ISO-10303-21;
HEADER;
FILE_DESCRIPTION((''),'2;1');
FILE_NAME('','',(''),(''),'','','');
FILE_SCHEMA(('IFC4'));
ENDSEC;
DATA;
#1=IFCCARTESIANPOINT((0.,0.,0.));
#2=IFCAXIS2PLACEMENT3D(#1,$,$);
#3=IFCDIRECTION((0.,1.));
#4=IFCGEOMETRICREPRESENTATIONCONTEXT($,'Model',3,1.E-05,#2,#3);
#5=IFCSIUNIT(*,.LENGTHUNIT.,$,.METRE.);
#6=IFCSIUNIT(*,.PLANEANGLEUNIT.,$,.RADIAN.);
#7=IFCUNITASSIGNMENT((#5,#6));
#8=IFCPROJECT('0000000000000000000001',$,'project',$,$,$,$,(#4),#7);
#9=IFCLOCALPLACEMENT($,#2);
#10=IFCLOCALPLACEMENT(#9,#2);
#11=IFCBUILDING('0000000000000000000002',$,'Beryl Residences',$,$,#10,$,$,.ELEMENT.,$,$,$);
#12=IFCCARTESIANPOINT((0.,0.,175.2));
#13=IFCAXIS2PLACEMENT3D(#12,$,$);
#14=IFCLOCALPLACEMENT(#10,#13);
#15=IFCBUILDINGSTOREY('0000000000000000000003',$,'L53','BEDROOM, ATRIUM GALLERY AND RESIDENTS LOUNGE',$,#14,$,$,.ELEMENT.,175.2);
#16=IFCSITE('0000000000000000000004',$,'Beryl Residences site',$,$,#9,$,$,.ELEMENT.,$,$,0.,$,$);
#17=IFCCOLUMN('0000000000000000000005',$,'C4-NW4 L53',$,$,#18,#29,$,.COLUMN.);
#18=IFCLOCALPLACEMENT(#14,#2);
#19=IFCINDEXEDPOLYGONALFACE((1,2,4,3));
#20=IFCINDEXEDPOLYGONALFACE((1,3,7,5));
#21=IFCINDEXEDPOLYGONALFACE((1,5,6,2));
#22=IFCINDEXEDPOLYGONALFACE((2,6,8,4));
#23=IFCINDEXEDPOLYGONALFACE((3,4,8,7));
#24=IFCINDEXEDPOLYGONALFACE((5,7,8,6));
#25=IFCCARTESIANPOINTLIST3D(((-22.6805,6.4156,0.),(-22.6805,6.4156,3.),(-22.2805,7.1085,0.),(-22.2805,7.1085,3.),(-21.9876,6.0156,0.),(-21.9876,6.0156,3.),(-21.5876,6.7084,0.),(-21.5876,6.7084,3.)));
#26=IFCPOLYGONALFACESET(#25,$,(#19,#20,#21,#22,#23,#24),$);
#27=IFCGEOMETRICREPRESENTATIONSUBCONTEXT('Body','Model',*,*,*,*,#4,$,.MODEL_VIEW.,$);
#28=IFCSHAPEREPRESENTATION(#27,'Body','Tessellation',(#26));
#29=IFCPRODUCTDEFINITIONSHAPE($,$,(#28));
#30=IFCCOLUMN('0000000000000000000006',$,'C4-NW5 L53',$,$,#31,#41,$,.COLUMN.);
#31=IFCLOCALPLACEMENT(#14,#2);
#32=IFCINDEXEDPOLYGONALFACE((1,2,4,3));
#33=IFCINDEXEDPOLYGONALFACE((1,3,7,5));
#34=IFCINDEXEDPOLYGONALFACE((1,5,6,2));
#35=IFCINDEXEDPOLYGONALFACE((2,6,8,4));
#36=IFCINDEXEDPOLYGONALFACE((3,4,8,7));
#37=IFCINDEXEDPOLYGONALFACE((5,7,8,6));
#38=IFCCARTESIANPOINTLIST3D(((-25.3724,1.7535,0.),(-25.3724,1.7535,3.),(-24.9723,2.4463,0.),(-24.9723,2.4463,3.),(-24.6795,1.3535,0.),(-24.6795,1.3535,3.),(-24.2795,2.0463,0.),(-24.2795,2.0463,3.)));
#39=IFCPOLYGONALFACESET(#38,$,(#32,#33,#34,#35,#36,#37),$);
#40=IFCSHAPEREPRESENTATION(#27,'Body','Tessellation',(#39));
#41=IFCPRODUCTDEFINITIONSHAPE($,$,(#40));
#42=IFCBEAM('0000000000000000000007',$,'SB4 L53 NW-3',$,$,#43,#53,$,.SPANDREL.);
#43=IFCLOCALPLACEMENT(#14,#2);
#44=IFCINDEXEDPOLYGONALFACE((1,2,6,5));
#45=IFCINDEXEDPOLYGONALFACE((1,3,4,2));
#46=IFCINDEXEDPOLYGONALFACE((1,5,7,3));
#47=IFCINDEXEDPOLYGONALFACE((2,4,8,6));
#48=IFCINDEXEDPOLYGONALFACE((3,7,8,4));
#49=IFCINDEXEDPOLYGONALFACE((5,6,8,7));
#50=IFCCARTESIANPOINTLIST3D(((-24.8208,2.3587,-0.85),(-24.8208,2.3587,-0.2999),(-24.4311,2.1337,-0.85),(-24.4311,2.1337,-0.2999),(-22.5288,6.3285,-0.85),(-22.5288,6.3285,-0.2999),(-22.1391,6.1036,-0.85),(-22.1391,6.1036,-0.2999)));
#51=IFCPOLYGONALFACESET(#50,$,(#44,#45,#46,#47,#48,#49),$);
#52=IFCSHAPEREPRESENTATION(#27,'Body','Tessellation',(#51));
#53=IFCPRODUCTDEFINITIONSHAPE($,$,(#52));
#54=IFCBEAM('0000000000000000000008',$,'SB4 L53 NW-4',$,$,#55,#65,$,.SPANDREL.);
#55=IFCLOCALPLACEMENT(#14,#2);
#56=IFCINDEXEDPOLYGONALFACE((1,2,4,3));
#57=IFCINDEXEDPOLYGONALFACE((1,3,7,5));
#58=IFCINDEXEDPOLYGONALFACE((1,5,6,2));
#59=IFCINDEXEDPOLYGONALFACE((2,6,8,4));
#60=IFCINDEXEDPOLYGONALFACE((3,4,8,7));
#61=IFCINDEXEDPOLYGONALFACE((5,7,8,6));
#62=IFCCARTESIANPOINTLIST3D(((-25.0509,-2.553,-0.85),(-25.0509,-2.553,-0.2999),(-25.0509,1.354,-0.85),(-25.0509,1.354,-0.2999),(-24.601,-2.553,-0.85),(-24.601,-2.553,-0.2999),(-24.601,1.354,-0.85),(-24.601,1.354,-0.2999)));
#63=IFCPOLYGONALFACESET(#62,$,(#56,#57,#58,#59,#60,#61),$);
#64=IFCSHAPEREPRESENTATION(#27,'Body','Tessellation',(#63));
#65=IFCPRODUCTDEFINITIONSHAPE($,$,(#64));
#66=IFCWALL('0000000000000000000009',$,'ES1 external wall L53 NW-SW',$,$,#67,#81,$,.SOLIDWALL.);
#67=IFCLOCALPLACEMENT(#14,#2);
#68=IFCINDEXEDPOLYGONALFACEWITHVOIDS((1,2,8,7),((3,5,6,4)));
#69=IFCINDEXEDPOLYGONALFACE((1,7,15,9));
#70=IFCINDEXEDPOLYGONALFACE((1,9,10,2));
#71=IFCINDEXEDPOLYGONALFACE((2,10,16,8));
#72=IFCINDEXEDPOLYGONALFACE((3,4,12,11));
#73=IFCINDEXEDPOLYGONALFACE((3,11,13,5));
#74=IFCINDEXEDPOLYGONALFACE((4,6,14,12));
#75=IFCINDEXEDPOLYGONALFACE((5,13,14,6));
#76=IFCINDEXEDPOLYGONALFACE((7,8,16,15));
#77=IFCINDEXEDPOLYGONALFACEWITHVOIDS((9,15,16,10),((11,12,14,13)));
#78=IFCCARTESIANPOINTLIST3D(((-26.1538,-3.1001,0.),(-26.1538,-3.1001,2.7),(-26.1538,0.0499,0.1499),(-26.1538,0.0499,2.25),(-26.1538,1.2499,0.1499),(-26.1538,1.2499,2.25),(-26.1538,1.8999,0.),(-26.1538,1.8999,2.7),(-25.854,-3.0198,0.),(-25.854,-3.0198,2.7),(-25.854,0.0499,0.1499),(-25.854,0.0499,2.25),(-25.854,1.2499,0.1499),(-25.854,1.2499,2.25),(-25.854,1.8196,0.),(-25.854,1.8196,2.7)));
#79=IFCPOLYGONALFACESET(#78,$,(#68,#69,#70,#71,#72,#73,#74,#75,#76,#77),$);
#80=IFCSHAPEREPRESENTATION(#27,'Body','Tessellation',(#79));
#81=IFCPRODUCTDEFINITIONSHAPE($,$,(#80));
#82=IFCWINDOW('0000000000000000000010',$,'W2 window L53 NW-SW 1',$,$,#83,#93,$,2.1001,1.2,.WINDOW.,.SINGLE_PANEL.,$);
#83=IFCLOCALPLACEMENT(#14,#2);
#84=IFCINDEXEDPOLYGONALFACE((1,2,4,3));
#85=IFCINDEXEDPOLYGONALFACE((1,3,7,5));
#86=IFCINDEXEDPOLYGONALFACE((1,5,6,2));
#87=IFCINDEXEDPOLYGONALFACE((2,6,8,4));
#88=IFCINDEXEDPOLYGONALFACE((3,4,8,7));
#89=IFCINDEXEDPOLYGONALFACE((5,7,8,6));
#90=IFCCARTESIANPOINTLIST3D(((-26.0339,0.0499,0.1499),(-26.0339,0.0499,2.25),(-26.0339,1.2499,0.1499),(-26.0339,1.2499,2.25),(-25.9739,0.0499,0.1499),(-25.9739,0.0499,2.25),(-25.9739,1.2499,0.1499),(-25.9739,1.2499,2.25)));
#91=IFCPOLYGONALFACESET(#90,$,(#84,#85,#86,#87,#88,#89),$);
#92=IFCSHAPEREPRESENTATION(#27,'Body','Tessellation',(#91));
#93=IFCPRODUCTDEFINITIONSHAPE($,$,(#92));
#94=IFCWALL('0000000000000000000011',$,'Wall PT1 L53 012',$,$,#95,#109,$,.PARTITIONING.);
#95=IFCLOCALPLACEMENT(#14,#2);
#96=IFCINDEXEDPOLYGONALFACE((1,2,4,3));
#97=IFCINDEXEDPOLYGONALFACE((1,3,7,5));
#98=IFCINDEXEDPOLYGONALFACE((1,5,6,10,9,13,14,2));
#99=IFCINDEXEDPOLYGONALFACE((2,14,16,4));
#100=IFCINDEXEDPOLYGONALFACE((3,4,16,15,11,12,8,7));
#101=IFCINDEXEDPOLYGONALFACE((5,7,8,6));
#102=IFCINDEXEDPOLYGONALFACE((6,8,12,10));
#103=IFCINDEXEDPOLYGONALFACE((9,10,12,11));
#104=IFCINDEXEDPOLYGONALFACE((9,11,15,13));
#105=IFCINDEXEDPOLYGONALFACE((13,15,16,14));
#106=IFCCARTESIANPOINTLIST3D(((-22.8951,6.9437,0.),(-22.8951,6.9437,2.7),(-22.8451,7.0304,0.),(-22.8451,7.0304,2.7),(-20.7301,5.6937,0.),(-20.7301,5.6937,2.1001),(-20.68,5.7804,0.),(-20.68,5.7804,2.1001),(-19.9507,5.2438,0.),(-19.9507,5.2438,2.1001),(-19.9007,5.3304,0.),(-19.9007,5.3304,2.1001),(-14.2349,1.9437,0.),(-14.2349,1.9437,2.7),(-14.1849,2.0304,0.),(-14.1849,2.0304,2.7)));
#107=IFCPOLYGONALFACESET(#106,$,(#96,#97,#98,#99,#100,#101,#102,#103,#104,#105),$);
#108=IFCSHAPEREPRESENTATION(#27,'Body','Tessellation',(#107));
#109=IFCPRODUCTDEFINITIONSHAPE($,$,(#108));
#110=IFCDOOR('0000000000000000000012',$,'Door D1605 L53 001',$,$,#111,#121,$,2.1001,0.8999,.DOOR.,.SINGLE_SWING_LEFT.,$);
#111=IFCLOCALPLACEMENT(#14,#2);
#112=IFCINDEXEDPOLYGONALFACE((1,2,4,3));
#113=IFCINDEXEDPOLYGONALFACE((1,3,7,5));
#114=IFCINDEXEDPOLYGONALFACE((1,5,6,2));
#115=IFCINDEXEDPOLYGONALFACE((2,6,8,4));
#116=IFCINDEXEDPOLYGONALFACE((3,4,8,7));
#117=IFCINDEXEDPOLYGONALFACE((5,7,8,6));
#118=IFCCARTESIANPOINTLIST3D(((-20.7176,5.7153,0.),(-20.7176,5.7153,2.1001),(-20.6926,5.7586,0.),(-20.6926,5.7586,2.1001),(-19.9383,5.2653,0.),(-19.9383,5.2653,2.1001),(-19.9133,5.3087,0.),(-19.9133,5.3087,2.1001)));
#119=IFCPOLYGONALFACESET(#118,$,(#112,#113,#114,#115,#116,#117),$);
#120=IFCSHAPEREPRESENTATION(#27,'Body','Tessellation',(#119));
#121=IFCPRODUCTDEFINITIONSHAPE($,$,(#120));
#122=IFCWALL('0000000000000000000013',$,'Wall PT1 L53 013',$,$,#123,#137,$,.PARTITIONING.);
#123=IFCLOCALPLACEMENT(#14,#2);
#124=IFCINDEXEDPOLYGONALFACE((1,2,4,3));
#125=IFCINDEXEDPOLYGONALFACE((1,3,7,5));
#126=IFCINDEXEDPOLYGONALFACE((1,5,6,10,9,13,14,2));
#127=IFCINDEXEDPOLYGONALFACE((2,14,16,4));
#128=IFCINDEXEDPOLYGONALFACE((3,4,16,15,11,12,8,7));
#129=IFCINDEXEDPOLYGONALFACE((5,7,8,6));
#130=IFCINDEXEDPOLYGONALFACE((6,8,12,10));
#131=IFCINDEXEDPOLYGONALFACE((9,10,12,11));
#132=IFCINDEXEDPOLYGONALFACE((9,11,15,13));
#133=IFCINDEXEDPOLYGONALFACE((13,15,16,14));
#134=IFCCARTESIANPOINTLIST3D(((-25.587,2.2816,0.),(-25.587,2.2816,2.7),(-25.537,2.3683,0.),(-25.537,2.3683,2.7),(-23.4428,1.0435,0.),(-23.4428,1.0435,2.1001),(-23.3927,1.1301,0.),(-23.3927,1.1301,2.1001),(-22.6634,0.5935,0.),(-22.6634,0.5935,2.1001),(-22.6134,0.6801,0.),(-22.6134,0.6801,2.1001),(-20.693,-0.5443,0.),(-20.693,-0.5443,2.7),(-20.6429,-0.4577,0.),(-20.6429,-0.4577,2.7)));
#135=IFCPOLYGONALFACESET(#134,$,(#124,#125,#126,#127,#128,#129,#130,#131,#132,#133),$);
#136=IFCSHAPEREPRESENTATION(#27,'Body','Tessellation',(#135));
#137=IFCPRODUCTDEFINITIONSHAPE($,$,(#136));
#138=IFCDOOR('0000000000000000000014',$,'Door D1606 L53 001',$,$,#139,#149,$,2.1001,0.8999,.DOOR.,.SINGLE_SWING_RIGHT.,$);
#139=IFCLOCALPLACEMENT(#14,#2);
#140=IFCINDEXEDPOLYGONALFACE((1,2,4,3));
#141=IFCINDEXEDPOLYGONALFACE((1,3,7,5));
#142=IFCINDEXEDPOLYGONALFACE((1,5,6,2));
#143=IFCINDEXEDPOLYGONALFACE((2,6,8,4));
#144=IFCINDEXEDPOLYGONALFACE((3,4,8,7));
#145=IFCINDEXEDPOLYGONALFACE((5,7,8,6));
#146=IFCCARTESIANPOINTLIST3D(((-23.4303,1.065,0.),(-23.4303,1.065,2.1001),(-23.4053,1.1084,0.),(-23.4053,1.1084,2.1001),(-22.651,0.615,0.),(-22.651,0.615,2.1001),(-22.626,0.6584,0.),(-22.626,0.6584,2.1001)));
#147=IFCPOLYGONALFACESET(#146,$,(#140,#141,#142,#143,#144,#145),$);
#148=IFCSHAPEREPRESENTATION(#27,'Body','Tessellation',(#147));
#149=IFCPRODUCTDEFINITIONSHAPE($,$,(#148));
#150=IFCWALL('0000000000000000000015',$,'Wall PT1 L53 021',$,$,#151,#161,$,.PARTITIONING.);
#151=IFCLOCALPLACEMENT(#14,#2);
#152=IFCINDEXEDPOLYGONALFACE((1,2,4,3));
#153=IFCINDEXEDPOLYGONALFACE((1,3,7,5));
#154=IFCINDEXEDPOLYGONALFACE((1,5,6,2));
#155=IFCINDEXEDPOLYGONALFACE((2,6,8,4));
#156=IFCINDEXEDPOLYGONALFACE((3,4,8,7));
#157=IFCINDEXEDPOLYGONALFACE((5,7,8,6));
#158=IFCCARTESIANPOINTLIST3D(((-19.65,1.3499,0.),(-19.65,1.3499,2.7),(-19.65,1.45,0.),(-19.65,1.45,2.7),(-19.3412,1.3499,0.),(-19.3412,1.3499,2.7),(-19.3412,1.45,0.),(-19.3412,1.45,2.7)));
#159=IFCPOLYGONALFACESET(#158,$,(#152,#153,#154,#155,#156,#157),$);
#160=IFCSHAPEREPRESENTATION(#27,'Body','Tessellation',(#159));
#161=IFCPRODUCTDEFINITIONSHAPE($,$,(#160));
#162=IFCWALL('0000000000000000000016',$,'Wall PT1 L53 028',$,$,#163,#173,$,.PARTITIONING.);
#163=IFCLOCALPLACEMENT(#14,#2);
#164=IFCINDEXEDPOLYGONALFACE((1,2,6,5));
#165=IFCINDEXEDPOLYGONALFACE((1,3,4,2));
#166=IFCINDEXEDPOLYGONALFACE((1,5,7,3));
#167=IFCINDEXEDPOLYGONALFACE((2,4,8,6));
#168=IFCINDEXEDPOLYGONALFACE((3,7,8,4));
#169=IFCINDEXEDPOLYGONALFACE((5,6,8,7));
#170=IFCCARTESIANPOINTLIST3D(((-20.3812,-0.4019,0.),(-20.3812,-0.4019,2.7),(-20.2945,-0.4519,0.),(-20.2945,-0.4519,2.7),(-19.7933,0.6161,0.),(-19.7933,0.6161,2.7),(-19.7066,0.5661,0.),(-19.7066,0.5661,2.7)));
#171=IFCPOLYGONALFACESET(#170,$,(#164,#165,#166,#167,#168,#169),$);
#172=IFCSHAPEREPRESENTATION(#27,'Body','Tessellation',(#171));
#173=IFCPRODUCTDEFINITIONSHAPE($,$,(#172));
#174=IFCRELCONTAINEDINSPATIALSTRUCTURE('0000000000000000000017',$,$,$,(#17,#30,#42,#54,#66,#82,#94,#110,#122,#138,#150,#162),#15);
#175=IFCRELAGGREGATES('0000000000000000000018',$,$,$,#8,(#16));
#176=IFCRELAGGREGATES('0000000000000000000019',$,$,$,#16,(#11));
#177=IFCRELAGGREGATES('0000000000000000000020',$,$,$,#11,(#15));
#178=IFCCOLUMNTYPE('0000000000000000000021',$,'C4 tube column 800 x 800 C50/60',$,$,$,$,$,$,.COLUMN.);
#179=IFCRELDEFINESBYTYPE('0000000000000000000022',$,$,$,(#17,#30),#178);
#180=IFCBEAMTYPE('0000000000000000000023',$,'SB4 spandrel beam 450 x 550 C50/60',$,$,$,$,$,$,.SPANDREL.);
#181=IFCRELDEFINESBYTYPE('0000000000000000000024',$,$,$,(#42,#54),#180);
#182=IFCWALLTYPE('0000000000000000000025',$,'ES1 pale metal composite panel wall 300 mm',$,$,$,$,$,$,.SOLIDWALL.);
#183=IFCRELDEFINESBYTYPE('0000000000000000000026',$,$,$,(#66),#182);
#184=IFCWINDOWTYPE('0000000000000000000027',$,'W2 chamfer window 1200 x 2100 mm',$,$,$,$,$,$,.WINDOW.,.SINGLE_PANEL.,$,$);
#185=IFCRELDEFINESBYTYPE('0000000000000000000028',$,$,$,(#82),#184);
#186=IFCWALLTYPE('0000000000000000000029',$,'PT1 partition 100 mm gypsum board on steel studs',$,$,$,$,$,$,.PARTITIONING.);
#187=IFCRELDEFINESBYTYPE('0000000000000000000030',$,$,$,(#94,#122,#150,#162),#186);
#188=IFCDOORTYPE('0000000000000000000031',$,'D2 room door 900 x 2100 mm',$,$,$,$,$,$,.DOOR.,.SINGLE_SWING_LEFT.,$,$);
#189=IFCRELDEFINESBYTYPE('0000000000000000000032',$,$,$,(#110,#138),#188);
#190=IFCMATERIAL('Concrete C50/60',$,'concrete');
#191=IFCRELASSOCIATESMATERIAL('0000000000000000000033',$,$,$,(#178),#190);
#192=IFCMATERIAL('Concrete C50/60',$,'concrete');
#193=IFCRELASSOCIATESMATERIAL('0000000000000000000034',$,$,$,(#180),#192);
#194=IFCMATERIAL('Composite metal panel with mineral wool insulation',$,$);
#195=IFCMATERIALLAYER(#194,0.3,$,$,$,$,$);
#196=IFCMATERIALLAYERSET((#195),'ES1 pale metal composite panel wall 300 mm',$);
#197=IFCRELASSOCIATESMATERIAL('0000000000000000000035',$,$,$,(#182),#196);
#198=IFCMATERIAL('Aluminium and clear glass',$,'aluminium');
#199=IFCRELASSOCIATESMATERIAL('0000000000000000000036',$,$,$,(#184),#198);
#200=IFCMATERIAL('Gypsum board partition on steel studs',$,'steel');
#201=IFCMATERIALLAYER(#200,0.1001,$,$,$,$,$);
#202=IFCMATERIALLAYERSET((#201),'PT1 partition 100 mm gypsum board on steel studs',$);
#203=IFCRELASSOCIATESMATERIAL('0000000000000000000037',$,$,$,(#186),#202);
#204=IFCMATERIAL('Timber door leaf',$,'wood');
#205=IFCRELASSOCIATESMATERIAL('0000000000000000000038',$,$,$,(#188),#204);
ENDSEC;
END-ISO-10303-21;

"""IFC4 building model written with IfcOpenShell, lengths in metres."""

from ifc_helpers import new_model, si_unit, direction, frame, frame_2d, origin, origin_2d, place, context, subcontext, project, spatial, polyline, rectangle, outline, extrude, material, layer, layer_set, material_profile, profile_set, type_object, element, fill, save


model = new_model("IFC4")

# Units and contexts
model_context = context("Model", 3, precision=1e-05, world=origin(), true_north=direction((0.0, 1.0)))
body_context = subcontext(model_context, "Body", "Model", "MODEL_VIEW")
ifc_project = project(units=[si_unit("LENGTHUNIT", "METRE"), si_unit("PLANEANGLEUNIT", "RADIAN")], contexts=[model_context])

# Site, building, storey
site_placement = place(None, origin())
site = spatial("IfcSite", under=ifc_project, at=site_placement, Name="Beryl Residences site", CompositionType="ELEMENT", RefElevation=0.0)
building_placement = place(site_placement, origin())
building = spatial("IfcBuilding", under=site, at=building_placement, Name="Beryl Residences", CompositionType="ELEMENT")
storey_placement = place(building_placement, frame((0.0, 0.0, 175.2)))
storey = spatial("IfcBuildingStorey", under=building, at=storey_placement, Name="L53", Description="BEDROOM, ATRIUM GALLERY AND RESIDENTS LOUNGE", CompositionType="ELEMENT", Elevation=175.2)

# Columns
ifc_material_1 = material(Name="Concrete C50/60", Category="concrete")
ifc_material_profile_1 = material_profile(ifc_material_1, rectangle(XDim=0.8, YDim=0.8, at=origin_2d()))
ifc_profile_set_1 = profile_set([ifc_material_profile_1], Name="Concrete C50/60")
column_type = type_object("IfcColumnType", Name="C4 tube column 800 x 800 C50/60", PredefinedType="COLUMN", material=ifc_profile_set_1)
for number, where, z_axis, x_axis, name in (
    (1, (-22.134, 6.562, 0.0), (0.0, 0.0, 1.0), (-0.5, -0.866025, 0.0), "C4-NW4 L53"),
    (2, (-24.8259, 1.8999, 0.0), (0.0, 0.0, 1.0), (-0.5, -0.866025, 0.0), "C4-NW5 L53"),
):
    element("IfcColumn", number, at=place(storey_placement, frame(where, z_axis=z_axis, x_axis=x_axis)), inside=storey, type_object=column_type, Name=name, PredefinedType="COLUMN", context=body_context, shape_type="SweptSolid", body=[
        extrude(rectangle(XDim=0.8, YDim=0.8, at=origin_2d()), origin(), (0.0, 0.0, 1.0), 3.0),
    ])

# Beams
ifc_material_2 = material(Name="Concrete C50/60", Category="concrete")
ifc_material_profile_2 = material_profile(ifc_material_2, rectangle(XDim=0.45, YDim=0.55, at=origin_2d()))
ifc_profile_set_2 = profile_set([ifc_material_profile_2], Name="Concrete C50/60")
beam_type = type_object("IfcBeamType", Name="SB4 spandrel beam 450 x 550 C50/60", PredefinedType="SPANDREL", material=ifc_profile_set_2)
beam_1_placement = place(storey_placement, frame((-22.334, 6.2161, -0.575), z_axis=(-0.499988, -0.866032, 0.0), x_axis=(0.866032, -0.499988, 0.0)))
element("IfcBeam", 3, at=beam_1_placement, inside=storey, type_object=beam_type, Name="SB4 L53 NW-3", PredefinedType="SPANDREL", context=body_context, shape_type="SweptSolid", body=[
    extrude(rectangle(XDim=0.45, YDim=0.55, at=origin_2d()), origin(), (0.0, 0.0, 1.0), 4.584),
])
beam_2_placement = place(storey_placement, frame((-24.8259, 1.354, -0.575), z_axis=(0.0, -1.0, 0.0), x_axis=(1.0, 0.0, 0.0)))
element("IfcBeam", 4, at=beam_2_placement, inside=storey, type_object=beam_type, Name="SB4 L53 NW-4", PredefinedType="SPANDREL", context=body_context, shape_type="SweptSolid", body=[
    extrude(rectangle(XDim=0.45, YDim=0.55, at=origin_2d()), origin(), (0.0, 0.0, 1.0), 3.907),
])

# Wall, opening, window
ifc_material_3 = material(Name="Composite metal panel with mineral wool insulation")
ifc_layer_1 = layer(ifc_material_3, 0.3)
ifc_layer_set_1 = layer_set([ifc_layer_1], Name="ES1 pale metal composite panel wall 300 mm")
wall_type_1 = type_object("IfcWallType", Name="ES1 pale metal composite panel wall 300 mm", PredefinedType="SOLIDWALL", material=ifc_layer_set_1)
wall_1_placement = place(storey_placement, frame((-26.0039, 1.8999, 0.0), z_axis=(0.0, 0.0, 1.0), x_axis=(0.0, -1.0, 0.0)))
wall_1 = element("IfcWall", 5, at=wall_1_placement, inside=storey, type_object=wall_type_1, Name="ES1 external wall L53 NW-SW", PredefinedType="SOLIDWALL", context=body_context, shape_type="SweptSolid", body=[
    extrude(outline(polyline([(0.0, -0.1499), (5.0, -0.1499), (4.9197, 0.1499), (0.0803, 0.1499), (0.0, -0.1499)])), origin(), (0.0, 0.0, 1.0), 2.7),
])
opening_1_placement = place(wall_1_placement, frame((0.6499, 0.0, 0.1499)))
opening_1 = element("IfcOpeningElement", 6, at=opening_1_placement, cuts=wall_1, PredefinedType="OPENING", context=body_context, shape_type="SweptSolid", body=[
    extrude(rectangle(XDim=1.2, YDim=2.1001, at=frame_2d((0.6001, 1.05))), frame((0.0, 0.1599, 0.0), z_axis=(0.0, -1.0, 0.0), x_axis=(1.0, 0.0, 0.0)), (0.0, 0.0, 1.0), 0.3201),
])
ifc_material_4 = material(Name="Aluminium and clear glass", Category="aluminium")
window_type = type_object("IfcWindowType", Name="W2 chamfer window 1200 x 2100 mm", PartitioningType="SINGLE_PANEL", PredefinedType="WINDOW", material=ifc_material_4)
window_placement = place(opening_1_placement, origin())
window = element("IfcWindow", 7, at=window_placement, inside=storey, type_object=window_type, Name="W2 window L53 NW-SW 1", OverallHeight=2.1001, OverallWidth=1.2, PartitioningType="SINGLE_PANEL", PredefinedType="WINDOW", context=body_context, shape_type="SweptSolid", body=[
    extrude(rectangle(XDim=1.2, YDim=2.1001, at=frame_2d((0.6001, 1.05))), frame((0.0, 0.03, 0.0), z_axis=(0.0, -1.0, 0.0), x_axis=(1.0, 0.0, 0.0)), (0.0, 0.0, 1.0), 0.0601),
])
fill(opening_1, window)

# Walls, openings, doors
ifc_material_5 = material(Name="Gypsum board partition on steel studs", Category="steel")
ifc_layer_2 = layer(ifc_material_5, 0.1001)
ifc_layer_set_2 = layer_set([ifc_layer_2], Name="PT1 partition 100 mm gypsum board on steel studs")
wall_type_2 = type_object("IfcWallType", Name="PT1 partition 100 mm gypsum board on steel studs", PredefinedType="PARTITIONING", material=ifc_layer_set_2)
wall_2_placement = place(storey_placement, frame((-22.8701, 6.9871, 0.0), z_axis=(0.0, 0.0, 1.0), x_axis=(0.866023, -0.500004, 0.0)))
wall_2 = element("IfcWall", 8, at=wall_2_placement, inside=storey, type_object=wall_type_2, Name="Wall PT1 L53 012", PredefinedType="PARTITIONING", context=body_context, shape_type="SweptSolid", body=[
    extrude(rectangle(XDim=10.0, YDim=0.1001, at=frame_2d((5.0, 0.0))), origin(), (0.0, 0.0, 1.0), 2.7),
])
opening_2_placement = place(wall_2_placement, frame((2.5, 0.0, 0.0)))
opening_2 = element("IfcOpeningElement", 9, at=opening_2_placement, cuts=wall_2, PredefinedType="OPENING", context=body_context, shape_type="SweptSolid", body=[
    extrude(rectangle(XDim=0.8999, YDim=2.1001, at=frame_2d((0.45, 1.05))), frame((0.0, 0.0601, 0.0), z_axis=(0.0, -1.0, 0.0), x_axis=(1.0, 0.0, 0.0)), (0.0, 0.0, 1.0), 0.1201),
])
ifc_material_6 = material(Name="Timber door leaf", Category="wood")
door_type_1 = type_object("IfcDoorType", Name="D2 room door 900 x 2100 mm", OperationType="SINGLE_SWING_LEFT", PredefinedType="DOOR", material=ifc_material_6)
door_1_placement = place(opening_2_placement, origin())
door_1 = element("IfcDoor", 10, at=door_1_placement, inside=storey, type_object=door_type_1, Name="Door D1605 L53 001", OperationType="SINGLE_SWING_LEFT", OverallHeight=2.1001, OverallWidth=0.8999, PredefinedType="DOOR", context=body_context, shape_type="SweptSolid", body=[
    extrude(rectangle(XDim=0.8999, YDim=2.1001, at=frame_2d((0.45, 1.05))), frame((0.0, 0.0249, 0.0), z_axis=(0.0, -1.0, 0.0), x_axis=(1.0, 0.0, 0.0)), (0.0, 0.0, 1.0), 0.05),
])
fill(opening_2, door_1)
wall_3_placement = place(storey_placement, frame((-25.562, 2.325, 0.0), z_axis=(0.0, 0.0, 1.0), x_axis=(0.865999, -0.500047, 0.0)))
wall_3 = element("IfcWall", 11, at=wall_3_placement, inside=storey, type_object=wall_type_2, Name="Wall PT1 L53 013", PredefinedType="PARTITIONING", context=body_context, shape_type="SweptSolid", body=[
    extrude(rectangle(XDim=5.6514, YDim=0.1001, at=frame_2d((2.8257, 0.0))), origin(), (0.0, 0.0, 1.0), 2.7),
])
opening_3_placement = place(wall_3_placement, frame((2.4761, 0.0, 0.0)))
opening_3 = element("IfcOpeningElement", 12, at=opening_3_placement, cuts=wall_3, PredefinedType="OPENING", context=body_context, shape_type="SweptSolid", body=[
    extrude(rectangle(XDim=0.8999, YDim=2.1001, at=frame_2d((0.45, 1.05))), frame((0.0, 0.0601, 0.0), z_axis=(0.0, -1.0, 0.0), x_axis=(1.0, 0.0, 0.0)), (0.0, 0.0, 1.0), 0.1201),
])
door_2_placement = place(opening_3_placement, origin())
door_2 = element("IfcDoor", 13, at=door_2_placement, inside=storey, type_object=door_type_1, Name="Door D1606 L53 001", OperationType="SINGLE_SWING_RIGHT", OverallHeight=2.1001, OverallWidth=0.8999, PredefinedType="DOOR", context=body_context, shape_type="SweptSolid", body=[
    extrude(rectangle(XDim=0.8999, YDim=2.1001, at=frame_2d((0.45, 1.05))), frame((0.0, 0.0249, 0.0), z_axis=(0.0, -1.0, 0.0), x_axis=(1.0, 0.0, 0.0)), (0.0, 0.0, 1.0), 0.05),
])
fill(opening_3, door_2)

# Walls
wall_4_placement = place(storey_placement, frame((-19.6499, 1.3999, 0.0), z_axis=(0.0, 0.0, 1.0), x_axis=(1.0, 0.0, 0.0)))
element("IfcWall", 14, at=wall_4_placement, inside=storey, type_object=wall_type_2, Name="Wall PT1 L53 021", PredefinedType="PARTITIONING", context=body_context, shape_type="SweptSolid", body=[
    extrude(rectangle(XDim=0.3088, YDim=0.1001, at=frame_2d((0.1543, 0.0))), origin(), (0.0, 0.0, 1.0), 2.7),
])
wall_5_placement = place(storey_placement, frame((-20.3379, -0.427, 0.0), z_axis=(0.0, 0.0, 1.0), x_axis=(0.50007, 0.865985, 0.0)))
element("IfcWall", 15, at=wall_5_placement, inside=storey, type_object=wall_type_2, Name="Wall PT1 L53 028", PredefinedType="PARTITIONING", context=body_context, shape_type="SweptSolid", body=[
    extrude(rectangle(XDim=1.1755, YDim=0.1001, at=frame_2d((0.5879, 0.0))), origin(), (0.0, 0.0, 1.0), 2.7),
])

save(model, "model.ifc")
